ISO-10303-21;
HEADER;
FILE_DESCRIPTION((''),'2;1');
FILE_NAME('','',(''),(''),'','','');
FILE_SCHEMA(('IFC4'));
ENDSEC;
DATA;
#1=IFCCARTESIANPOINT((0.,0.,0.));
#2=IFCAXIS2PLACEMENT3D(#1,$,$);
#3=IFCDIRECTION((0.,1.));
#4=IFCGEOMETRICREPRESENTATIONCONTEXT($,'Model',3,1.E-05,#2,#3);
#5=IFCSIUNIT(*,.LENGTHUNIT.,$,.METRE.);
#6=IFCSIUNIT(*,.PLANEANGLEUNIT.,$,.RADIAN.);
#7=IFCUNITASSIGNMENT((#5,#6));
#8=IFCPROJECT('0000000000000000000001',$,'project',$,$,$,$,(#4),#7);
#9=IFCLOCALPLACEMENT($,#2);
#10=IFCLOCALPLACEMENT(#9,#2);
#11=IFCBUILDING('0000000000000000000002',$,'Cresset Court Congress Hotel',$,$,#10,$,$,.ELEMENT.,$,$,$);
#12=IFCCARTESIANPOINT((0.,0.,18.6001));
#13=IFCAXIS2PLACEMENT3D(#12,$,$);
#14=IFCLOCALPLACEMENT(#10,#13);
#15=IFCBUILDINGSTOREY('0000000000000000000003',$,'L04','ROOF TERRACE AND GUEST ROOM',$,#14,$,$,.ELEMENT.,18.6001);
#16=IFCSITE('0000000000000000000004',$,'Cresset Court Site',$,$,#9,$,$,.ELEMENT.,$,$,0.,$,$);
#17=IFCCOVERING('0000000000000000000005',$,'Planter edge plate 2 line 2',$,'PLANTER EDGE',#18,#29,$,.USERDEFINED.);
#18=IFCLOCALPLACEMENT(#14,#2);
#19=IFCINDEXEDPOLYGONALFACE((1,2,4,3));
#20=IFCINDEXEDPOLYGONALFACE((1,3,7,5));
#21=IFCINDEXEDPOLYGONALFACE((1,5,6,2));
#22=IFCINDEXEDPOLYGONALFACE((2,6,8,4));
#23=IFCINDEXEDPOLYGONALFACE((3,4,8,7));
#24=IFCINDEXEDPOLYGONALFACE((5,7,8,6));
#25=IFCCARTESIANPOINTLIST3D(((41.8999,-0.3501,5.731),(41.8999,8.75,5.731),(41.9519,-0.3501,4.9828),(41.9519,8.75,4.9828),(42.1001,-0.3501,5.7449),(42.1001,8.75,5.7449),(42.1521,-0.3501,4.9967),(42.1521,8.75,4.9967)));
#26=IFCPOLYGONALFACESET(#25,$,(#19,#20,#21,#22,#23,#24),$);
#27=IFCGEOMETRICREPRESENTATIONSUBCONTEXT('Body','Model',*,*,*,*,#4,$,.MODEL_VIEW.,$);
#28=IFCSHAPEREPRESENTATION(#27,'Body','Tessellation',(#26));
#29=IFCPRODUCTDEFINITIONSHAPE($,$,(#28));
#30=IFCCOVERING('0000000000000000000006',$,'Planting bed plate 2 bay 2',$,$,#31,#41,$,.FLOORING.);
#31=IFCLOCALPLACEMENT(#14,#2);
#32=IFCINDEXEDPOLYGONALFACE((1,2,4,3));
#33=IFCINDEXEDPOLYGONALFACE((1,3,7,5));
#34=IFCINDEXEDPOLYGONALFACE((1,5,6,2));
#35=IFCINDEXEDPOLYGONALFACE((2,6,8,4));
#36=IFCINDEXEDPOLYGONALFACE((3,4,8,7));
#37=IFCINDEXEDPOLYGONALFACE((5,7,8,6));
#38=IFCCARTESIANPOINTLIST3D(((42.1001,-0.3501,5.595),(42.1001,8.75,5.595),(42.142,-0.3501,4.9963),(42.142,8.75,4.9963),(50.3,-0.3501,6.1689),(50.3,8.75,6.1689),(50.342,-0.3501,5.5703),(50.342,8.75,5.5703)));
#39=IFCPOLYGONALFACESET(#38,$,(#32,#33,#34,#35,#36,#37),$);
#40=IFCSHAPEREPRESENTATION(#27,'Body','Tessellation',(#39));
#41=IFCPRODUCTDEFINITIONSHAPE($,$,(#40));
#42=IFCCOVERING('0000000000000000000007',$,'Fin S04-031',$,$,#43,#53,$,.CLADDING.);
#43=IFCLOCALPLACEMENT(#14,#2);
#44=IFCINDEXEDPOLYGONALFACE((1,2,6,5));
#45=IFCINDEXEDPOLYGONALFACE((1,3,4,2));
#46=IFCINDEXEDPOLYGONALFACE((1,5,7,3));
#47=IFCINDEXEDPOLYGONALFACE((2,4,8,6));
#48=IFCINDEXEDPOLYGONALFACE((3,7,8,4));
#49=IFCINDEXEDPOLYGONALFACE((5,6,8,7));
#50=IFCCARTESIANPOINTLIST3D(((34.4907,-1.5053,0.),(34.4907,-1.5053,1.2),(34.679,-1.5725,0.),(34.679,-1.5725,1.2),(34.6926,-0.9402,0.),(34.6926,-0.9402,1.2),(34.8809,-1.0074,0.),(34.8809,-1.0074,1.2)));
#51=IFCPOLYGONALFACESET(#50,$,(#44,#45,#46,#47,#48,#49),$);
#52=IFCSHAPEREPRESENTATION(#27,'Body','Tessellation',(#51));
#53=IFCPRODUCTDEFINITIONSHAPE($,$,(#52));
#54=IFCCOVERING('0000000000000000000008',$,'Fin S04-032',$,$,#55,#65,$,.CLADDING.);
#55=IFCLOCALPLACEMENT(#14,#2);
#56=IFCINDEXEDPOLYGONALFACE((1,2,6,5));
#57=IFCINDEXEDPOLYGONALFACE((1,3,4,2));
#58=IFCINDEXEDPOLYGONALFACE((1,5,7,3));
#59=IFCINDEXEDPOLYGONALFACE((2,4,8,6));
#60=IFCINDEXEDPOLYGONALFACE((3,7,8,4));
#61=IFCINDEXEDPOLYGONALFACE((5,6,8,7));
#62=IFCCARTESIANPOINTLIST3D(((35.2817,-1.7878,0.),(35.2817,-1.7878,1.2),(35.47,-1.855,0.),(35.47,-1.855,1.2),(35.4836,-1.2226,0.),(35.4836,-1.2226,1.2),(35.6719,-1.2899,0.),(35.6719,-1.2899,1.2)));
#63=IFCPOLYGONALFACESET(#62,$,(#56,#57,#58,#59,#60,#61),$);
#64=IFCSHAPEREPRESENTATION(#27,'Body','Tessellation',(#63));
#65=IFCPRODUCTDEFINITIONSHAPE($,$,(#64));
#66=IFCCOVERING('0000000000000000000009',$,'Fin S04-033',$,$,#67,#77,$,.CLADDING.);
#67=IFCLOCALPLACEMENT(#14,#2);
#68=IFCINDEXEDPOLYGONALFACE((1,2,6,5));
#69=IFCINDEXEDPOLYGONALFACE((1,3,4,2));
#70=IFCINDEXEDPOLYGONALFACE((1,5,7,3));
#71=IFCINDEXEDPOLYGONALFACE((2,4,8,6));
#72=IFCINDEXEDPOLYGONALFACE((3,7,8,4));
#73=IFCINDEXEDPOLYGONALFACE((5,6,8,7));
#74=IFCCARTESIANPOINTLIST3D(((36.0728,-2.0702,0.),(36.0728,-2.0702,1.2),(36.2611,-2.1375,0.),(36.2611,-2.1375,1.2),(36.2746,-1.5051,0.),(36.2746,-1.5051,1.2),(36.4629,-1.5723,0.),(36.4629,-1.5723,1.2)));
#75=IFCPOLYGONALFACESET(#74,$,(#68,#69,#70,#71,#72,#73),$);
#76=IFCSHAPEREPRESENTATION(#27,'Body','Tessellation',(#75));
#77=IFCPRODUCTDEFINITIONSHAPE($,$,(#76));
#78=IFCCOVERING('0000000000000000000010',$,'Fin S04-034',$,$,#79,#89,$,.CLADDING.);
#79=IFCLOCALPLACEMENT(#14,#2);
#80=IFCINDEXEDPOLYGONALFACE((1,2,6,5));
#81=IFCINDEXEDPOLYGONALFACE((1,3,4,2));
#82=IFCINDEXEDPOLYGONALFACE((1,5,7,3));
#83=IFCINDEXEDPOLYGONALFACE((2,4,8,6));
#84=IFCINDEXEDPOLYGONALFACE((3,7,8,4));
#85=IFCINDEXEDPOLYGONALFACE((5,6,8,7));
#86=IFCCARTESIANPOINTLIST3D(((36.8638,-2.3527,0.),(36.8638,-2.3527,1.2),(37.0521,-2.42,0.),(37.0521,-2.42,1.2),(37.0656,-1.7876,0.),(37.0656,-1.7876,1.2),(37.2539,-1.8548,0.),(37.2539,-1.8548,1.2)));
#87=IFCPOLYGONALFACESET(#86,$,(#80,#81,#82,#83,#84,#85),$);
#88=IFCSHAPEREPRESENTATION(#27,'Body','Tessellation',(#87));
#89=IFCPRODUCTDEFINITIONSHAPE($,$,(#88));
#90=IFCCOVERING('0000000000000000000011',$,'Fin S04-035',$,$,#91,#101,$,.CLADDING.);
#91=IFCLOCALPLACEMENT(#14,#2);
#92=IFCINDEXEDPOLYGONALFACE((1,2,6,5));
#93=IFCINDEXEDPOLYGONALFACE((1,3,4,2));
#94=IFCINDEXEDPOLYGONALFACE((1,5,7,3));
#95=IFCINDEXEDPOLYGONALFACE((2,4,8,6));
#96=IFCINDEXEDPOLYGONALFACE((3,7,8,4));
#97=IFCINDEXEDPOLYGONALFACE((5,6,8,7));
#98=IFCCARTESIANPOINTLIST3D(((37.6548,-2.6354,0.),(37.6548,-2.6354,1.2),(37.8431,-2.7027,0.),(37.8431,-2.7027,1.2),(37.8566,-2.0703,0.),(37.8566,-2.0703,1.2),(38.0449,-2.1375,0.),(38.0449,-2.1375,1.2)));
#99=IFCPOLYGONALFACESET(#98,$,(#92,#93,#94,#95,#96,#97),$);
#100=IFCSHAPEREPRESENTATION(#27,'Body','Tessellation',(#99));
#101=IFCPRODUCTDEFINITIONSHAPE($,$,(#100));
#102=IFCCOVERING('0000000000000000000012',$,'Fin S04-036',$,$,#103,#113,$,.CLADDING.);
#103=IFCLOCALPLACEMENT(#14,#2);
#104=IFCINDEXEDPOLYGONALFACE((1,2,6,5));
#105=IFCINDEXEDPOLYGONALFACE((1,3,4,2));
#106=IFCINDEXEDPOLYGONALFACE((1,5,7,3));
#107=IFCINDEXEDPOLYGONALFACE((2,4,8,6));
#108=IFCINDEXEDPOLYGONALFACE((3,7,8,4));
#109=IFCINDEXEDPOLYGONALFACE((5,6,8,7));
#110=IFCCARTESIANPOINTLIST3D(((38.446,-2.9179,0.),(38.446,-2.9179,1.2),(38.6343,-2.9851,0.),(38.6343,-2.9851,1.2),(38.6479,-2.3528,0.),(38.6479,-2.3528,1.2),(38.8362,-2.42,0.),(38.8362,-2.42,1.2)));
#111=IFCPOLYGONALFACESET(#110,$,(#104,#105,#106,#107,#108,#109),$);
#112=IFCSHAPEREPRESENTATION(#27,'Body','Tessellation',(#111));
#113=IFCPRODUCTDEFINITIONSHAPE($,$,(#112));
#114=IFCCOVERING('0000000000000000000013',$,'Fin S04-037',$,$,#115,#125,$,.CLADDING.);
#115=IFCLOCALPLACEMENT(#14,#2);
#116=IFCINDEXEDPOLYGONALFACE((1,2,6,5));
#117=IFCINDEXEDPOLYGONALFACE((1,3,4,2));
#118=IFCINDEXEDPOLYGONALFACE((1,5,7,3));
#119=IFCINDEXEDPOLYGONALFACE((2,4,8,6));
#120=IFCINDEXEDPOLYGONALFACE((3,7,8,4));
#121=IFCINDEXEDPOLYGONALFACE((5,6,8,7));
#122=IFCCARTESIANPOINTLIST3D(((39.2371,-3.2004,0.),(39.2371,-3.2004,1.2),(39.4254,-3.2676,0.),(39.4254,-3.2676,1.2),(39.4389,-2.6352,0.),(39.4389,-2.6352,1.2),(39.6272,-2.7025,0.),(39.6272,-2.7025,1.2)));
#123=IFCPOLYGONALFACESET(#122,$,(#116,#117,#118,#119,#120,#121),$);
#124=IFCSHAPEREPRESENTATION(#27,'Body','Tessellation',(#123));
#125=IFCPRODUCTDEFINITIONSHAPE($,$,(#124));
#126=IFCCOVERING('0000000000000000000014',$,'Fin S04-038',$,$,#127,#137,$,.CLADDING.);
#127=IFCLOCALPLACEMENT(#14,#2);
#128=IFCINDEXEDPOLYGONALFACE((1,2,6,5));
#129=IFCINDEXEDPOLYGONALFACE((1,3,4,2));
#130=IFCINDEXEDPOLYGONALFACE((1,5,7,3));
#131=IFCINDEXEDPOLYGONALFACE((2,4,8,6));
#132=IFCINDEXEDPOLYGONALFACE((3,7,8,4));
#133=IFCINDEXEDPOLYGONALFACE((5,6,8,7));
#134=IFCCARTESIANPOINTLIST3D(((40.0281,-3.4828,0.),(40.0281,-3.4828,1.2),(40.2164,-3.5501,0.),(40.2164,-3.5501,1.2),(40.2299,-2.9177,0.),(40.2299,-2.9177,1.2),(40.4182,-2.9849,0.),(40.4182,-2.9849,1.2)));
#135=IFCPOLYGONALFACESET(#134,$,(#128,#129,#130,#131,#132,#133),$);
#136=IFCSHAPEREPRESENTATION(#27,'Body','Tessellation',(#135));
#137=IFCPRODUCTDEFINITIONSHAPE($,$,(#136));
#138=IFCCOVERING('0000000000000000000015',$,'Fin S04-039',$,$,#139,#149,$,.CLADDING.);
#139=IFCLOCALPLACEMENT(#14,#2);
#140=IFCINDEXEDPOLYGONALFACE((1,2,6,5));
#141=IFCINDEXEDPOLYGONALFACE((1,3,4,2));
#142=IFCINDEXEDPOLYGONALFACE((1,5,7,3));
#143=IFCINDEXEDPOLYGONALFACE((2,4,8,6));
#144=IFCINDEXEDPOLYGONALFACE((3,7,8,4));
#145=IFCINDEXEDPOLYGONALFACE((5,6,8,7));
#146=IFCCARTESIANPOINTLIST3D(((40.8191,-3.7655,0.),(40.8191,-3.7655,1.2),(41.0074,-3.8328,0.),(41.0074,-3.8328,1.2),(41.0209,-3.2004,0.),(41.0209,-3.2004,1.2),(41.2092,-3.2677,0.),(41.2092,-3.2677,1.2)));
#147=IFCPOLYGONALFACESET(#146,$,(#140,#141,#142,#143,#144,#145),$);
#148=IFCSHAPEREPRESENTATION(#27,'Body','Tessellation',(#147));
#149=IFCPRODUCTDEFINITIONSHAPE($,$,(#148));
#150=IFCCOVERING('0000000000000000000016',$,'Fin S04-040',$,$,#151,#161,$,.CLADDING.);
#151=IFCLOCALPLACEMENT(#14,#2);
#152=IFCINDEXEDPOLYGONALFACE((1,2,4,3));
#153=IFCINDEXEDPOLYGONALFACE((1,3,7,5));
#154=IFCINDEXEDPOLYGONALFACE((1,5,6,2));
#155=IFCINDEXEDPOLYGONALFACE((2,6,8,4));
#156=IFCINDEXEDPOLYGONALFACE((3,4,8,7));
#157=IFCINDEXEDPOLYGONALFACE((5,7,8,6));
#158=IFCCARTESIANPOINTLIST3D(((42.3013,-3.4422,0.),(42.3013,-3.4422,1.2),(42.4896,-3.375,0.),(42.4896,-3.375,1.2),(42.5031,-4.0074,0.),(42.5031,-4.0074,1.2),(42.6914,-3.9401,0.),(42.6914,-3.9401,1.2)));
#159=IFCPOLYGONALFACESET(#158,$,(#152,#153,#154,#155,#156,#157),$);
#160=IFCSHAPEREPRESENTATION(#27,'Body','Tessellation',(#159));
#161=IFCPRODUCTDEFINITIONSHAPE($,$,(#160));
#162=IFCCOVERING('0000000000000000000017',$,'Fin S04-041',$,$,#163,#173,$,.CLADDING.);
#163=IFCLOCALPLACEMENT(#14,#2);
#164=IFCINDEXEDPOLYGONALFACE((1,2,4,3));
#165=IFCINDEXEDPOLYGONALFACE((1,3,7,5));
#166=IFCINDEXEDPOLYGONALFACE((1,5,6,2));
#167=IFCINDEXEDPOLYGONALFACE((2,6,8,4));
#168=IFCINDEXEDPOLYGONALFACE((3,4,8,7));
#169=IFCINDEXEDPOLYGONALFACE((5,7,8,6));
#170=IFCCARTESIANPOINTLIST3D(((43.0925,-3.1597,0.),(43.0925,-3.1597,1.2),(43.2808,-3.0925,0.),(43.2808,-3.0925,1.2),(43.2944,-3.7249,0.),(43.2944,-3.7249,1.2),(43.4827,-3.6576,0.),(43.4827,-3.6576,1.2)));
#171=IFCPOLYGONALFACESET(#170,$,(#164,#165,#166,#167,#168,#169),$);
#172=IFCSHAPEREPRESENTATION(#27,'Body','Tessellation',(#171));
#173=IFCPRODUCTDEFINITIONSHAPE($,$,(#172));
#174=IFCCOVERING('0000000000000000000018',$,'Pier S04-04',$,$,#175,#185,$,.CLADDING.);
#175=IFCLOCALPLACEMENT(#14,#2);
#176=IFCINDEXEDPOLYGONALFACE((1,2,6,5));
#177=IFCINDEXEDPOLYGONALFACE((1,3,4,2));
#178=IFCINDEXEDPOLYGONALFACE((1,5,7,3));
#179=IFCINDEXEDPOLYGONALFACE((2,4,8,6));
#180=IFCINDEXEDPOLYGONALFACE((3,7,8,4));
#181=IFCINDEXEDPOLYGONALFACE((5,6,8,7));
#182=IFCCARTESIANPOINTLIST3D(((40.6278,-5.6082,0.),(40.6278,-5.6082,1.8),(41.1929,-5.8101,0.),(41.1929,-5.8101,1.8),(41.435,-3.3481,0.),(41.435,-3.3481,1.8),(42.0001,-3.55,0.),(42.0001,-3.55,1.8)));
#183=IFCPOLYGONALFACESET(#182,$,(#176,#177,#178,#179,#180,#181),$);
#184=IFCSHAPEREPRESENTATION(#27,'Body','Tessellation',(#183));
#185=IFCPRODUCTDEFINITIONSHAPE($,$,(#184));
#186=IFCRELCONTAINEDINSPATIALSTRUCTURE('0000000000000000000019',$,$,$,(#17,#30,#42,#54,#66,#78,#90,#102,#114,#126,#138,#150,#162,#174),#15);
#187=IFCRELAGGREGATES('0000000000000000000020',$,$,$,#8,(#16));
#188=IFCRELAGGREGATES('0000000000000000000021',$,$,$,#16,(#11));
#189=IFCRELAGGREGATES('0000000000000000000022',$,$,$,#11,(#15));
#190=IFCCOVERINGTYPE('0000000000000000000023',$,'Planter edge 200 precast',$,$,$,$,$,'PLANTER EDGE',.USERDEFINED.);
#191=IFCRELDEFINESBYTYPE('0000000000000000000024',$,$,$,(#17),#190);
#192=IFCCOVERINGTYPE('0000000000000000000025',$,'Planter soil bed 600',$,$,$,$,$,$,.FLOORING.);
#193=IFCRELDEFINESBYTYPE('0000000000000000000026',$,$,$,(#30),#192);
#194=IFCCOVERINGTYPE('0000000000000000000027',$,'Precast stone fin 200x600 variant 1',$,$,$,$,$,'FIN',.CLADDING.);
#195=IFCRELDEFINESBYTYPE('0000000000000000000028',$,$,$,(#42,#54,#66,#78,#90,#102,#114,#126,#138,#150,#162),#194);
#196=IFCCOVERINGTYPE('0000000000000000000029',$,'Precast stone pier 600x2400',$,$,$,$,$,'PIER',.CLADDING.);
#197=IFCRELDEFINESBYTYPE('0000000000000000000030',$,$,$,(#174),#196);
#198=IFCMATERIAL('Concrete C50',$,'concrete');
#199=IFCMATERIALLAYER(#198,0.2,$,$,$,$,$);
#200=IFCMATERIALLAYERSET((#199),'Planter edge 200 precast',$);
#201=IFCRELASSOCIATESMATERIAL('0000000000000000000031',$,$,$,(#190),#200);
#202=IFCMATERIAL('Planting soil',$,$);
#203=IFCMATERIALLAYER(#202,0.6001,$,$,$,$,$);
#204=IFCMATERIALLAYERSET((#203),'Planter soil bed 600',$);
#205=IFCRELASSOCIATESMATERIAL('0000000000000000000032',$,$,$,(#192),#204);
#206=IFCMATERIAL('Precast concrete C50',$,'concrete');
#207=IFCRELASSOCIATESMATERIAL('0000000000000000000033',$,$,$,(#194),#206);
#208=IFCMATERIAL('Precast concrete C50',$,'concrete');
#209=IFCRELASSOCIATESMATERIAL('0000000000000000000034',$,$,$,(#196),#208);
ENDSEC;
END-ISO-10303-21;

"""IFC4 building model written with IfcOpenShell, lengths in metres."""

from ifc_helpers import new_model, si_unit, direction, frame, origin, origin_2d, place, context, subcontext, project, spatial, polyline, rectangle, outline, extrude, material, layer, layer_set, type_object, element, save


model = new_model("IFC4")

# Units and contexts
model_context = context("Model", 3, precision=1e-05, world=origin(), true_north=direction((0.0, 1.0)))
body_context = subcontext(model_context, "Body", "Model", "MODEL_VIEW")
ifc_project = project(units=[si_unit("LENGTHUNIT", "METRE"), si_unit("PLANEANGLEUNIT", "RADIAN")], contexts=[model_context])

# Site, building, storey
site_placement = place(None, origin())
site = spatial("IfcSite", under=ifc_project, at=site_placement, Name="Cresset Court Site", CompositionType="ELEMENT", RefElevation=0.0)
building_placement = place(site_placement, origin())
building = spatial("IfcBuilding", under=site, at=building_placement, Name="Cresset Court Congress Hotel", CompositionType="ELEMENT")
storey_placement = place(building_placement, frame((0.0, 0.0, 18.6001)))
storey = spatial("IfcBuildingStorey", under=building, at=storey_placement, Name="L04", Description="ROOF TERRACE AND GUEST ROOM", CompositionType="ELEMENT", Elevation=18.6001)

# Coverings
ifc_material_1 = material(Name="Concrete C50", Category="concrete")
ifc_layer_1 = layer(ifc_material_1, 0.2)
ifc_layer_set_1 = layer_set([ifc_layer_1], Name="Planter edge 200 precast")
covering_type_1 = type_object("IfcCoveringType", Name="Planter edge 200 precast", ElementType="PLANTER EDGE", PredefinedType="USERDEFINED", material=ifc_layer_set_1)
covering_1_placement = place(storey_placement, frame((41.8999, -0.3501, 5.731), z_axis=(-0.069345, 0.0, 0.997593), x_axis=(0.997593, 0.0, 0.069345)))
element("IfcCovering", 1, at=covering_1_placement, inside=storey, type_object=covering_type_1, Name="Planter edge plate 2 line 2", ObjectType="PLANTER EDGE", PredefinedType="USERDEFINED", context=body_context, shape_type="SweptSolid", body=[
    extrude(outline(polyline([(0.0, 0.0), (0.2007, 0.0), (0.2007, 9.1001), (0.0, 9.1001), (0.0, 0.0)])), origin(), (0.0, 0.0, -1.0), 0.75),
])
ifc_material_2 = material(Name="Planting soil")
ifc_layer_2 = layer(ifc_material_2, 0.6001)
ifc_layer_set_2 = layer_set([ifc_layer_2], Name="Planter soil bed 600")
covering_type_2 = type_object("IfcCoveringType", Name="Planter soil bed 600", PredefinedType="FLOORING", material=ifc_layer_set_2)
covering_2_placement = place(storey_placement, frame((42.1001, -0.3501, 5.595), z_axis=(-0.069826, 0.0, 0.997559), x_axis=(0.997559, 0.0, 0.069826)))
element("IfcCovering", 2, at=covering_2_placement, inside=storey, type_object=covering_type_2, Name="Planting bed plate 2 bay 2", PredefinedType="FLOORING", context=body_context, shape_type="SweptSolid", body=[
    extrude(outline(polyline([(0.0, 0.0), (8.22, 0.0), (8.22, 9.1001), (0.0, 9.1001), (0.0, 0.0)])), origin(), (0.0, 0.0, -1.0), 0.6001),
])
ifc_material_3 = material(Name="Precast concrete C50", Category="concrete")
covering_type_3 = type_object("IfcCoveringType", Name="Precast stone fin 200x600 variant 1", ElementType="FIN", PredefinedType="CLADDING", material=ifc_material_3)
for number, where, z_axis, x_axis, name in (
    (3, (34.6858, -1.2563, 0.0), (0.0, 0.0, 1.0), (0.941742, -0.336336, 0.0), "Fin S04-031"),
    (4, (35.4768, -1.5388, 0.0), (0.0, 0.0, 1.0), (0.941742, -0.336336, 0.0), "Fin S04-032"),
    (5, (36.2678, -1.8213, 0.0), (0.0, 0.0, 1.0), (0.941742, -0.336336, 0.0), "Fin S04-033"),
    (6, (37.0588, -2.1038, 0.0), (0.0, 0.0, 1.0), (0.941742, -0.336336, 0.0), "Fin S04-034"),
    (7, (37.8499, -2.3865, 0.0), (0.0, 0.0, 1.0), (0.941742, -0.336336, 0.0), "Fin S04-035"),
    (8, (38.6411, -2.6689, 0.0), (0.0, 0.0, 1.0), (0.941742, -0.336336, 0.0), "Fin S04-036"),
    (9, (39.4321, -2.9514, 0.0), (0.0, 0.0, 1.0), (0.941742, -0.336336, 0.0), "Fin S04-037"),
    (10, (40.2231, -3.2339, 0.0), (0.0, 0.0, 1.0), (0.941742, -0.336336, 0.0), "Fin S04-038"),
    (11, (41.0142, -3.5166, 0.0), (0.0, 0.0, 1.0), (0.941742, -0.336336, 0.0), "Fin S04-039"),
    (12, (42.4963, -3.6912, 0.0), (0.0, 0.0, 1.0), (0.941742, 0.336336, 0.0), "Fin S04-040"),
    (13, (43.2876, -3.4087, 0.0), (0.0, 0.0, 1.0), (0.941742, 0.336336, 0.0), "Fin S04-041"),
):
    element("IfcCovering", number, at=place(storey_placement, frame(where, z_axis=z_axis, x_axis=x_axis)), inside=storey, type_object=covering_type_3, Name=name, PredefinedType="CLADDING", context=body_context, shape_type="SweptSolid", body=[
        extrude(rectangle(XDim=0.2, YDim=0.6001, at=origin_2d()), origin(), (0.0, 0.0, 1.0), 1.2),
    ])
ifc_material_4 = material(Name="Precast concrete C50", Category="concrete")
covering_type_4 = type_object("IfcCoveringType", Name="Precast stone pier 600x2400", ElementType="PIER", PredefinedType="CLADDING", material=ifc_material_4)
covering_3_placement = place(storey_placement, frame((41.314, -4.5791, 0.0), z_axis=(0.0, 0.0, 1.0), x_axis=(0.941742, -0.336336, 0.0)))
element("IfcCovering", 14, at=covering_3_placement, inside=storey, type_object=covering_type_4, Name="Pier S04-04", PredefinedType="CLADDING", context=body_context, shape_type="SweptSolid", body=[
    extrude(rectangle(XDim=0.6001, YDim=2.3999, at=origin_2d()), origin(), (0.0, 0.0, 1.0), 1.8),
])

save(model, "model.ifc")
